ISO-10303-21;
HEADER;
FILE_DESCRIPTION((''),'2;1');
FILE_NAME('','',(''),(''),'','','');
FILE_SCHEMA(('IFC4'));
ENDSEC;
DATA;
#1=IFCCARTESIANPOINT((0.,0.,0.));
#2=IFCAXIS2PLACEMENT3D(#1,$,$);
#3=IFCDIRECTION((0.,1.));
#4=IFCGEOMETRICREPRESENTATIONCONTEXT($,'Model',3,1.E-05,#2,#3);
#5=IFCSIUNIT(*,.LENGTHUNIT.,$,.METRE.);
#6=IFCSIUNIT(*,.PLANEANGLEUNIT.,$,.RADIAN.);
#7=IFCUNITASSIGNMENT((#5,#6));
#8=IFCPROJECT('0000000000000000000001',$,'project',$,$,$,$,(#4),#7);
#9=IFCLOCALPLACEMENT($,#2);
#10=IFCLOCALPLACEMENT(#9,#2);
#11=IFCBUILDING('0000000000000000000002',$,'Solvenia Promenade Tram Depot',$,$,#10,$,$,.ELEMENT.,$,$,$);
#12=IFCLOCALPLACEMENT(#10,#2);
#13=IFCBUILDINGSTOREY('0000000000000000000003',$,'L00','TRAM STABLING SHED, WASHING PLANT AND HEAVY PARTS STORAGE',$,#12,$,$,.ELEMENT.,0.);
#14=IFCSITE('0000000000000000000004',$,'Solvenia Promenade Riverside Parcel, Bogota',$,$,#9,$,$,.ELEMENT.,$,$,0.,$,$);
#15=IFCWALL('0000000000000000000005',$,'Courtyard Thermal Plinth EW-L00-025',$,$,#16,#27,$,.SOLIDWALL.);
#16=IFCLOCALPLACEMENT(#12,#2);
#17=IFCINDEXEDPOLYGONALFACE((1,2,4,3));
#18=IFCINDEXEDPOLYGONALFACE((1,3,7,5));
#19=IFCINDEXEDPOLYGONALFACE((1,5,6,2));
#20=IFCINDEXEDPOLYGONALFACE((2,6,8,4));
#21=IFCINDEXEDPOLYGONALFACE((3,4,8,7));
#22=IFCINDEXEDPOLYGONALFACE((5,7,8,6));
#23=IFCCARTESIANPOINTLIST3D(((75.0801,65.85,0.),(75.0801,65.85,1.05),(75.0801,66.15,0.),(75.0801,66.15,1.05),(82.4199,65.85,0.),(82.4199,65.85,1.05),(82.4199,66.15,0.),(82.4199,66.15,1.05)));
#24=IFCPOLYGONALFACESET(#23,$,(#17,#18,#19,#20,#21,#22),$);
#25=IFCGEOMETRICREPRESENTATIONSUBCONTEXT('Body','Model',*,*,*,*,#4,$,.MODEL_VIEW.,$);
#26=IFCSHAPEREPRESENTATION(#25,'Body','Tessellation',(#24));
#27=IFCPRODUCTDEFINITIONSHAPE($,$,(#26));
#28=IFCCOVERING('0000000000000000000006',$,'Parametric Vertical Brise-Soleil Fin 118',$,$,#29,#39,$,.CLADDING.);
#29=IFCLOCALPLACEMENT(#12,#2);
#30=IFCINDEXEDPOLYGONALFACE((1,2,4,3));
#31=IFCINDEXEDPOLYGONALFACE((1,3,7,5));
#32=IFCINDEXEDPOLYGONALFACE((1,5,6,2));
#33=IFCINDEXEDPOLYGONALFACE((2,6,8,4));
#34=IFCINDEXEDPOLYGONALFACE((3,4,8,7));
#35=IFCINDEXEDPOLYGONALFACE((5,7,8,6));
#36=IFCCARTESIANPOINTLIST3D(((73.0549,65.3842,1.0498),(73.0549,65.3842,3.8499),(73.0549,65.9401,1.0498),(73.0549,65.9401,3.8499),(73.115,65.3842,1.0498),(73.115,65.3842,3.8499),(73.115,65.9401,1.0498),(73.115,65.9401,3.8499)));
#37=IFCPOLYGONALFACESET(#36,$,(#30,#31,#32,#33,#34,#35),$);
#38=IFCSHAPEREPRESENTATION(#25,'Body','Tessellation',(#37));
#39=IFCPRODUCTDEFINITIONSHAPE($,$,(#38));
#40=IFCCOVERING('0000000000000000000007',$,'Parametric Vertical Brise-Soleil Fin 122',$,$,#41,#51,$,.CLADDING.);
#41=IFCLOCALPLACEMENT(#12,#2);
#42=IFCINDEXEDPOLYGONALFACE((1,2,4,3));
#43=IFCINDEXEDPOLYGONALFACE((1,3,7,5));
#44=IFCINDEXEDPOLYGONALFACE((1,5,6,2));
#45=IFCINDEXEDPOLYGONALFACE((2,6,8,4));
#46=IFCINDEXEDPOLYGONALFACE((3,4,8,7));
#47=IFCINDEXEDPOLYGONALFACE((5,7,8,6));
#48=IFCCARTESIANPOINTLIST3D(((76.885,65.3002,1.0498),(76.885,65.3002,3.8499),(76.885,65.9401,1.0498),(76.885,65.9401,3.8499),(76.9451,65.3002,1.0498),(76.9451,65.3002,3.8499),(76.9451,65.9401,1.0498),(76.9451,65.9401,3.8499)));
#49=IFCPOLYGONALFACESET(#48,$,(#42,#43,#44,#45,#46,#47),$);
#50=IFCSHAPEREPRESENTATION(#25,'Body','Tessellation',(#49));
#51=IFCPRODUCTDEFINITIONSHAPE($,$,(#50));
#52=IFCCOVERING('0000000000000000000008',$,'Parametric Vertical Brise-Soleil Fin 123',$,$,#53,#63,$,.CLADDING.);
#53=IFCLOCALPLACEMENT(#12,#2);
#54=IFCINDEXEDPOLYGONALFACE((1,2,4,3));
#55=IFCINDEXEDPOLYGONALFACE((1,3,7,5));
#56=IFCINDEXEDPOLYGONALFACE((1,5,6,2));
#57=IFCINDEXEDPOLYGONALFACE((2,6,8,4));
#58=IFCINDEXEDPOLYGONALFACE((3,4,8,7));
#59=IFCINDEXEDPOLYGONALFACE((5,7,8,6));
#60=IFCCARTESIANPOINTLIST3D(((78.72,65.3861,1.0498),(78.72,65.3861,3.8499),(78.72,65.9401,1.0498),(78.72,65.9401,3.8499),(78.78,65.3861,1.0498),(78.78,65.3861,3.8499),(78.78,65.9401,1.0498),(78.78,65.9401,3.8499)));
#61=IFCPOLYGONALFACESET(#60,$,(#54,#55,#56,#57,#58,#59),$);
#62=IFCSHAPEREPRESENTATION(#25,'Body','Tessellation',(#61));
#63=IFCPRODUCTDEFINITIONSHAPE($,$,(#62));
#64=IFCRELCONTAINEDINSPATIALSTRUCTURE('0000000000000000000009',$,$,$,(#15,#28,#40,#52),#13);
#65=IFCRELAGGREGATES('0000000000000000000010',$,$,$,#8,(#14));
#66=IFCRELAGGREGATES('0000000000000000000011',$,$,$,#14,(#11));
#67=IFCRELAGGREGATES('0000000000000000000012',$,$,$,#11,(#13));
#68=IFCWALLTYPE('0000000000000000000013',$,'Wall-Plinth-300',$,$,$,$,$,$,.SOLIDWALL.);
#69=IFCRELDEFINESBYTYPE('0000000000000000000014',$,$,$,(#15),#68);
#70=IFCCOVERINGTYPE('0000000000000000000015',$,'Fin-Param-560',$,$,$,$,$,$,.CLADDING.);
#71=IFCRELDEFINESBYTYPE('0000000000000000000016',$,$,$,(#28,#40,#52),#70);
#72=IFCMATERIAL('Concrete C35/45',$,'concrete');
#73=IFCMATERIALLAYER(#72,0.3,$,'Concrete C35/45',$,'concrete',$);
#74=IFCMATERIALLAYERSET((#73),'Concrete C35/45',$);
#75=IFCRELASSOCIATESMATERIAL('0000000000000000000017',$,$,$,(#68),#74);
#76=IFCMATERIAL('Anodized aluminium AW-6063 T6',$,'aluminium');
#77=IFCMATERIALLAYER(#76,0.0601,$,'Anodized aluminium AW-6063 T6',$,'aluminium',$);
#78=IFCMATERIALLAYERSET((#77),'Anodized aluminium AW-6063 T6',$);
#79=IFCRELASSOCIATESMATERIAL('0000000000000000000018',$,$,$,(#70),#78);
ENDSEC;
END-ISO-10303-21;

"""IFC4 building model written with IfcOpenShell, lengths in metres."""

from ifc_helpers import new_model, si_unit, direction, frame, frame_2d, origin, origin_2d, place, context, subcontext, project, spatial, rectangle, extrude, material, layer, layer_set, type_object, element, save


model = new_model("IFC4")

# Units and contexts
model_context = context("Model", 3, precision=1e-05, world=origin(), true_north=direction((0.0, 1.0)))
body_context = subcontext(model_context, "Body", "Model", "MODEL_VIEW")
ifc_project = project(units=[si_unit("LENGTHUNIT", "METRE"), si_unit("PLANEANGLEUNIT", "RADIAN")], contexts=[model_context])

# Site, building, storey
site_placement = place(None, origin())
site = spatial("IfcSite", under=ifc_project, at=site_placement, Name="Solvenia Promenade Riverside Parcel, Bogota", CompositionType="ELEMENT", RefElevation=0.0)
building_placement = place(site_placement, origin())
building = spatial("IfcBuilding", under=site, at=building_placement, Name="Solvenia Promenade Tram Depot", CompositionType="ELEMENT")
storey_placement = place(building_placement, origin())
storey = spatial("IfcBuildingStorey", under=building, at=storey_placement, Name="L00", Description="TRAM STABLING SHED, WASHING PLANT AND HEAVY PARTS STORAGE", CompositionType="ELEMENT", Elevation=0.0)

# Shared definitions
ifc_material_1 = material(Name="Anodized aluminium AW-6063 T6", Category="aluminium")

# Wall
ifc_material_2 = material(Name="Concrete C35/45", Category="concrete")
ifc_layer_1 = layer(ifc_material_2, 0.3, Name="Concrete C35/45", Category="concrete")
ifc_layer_set_1 = layer_set([ifc_layer_1], Name="Concrete C35/45")
wall_type = type_object("IfcWallType", Name="Wall-Plinth-300", PredefinedType="SOLIDWALL", material=ifc_layer_set_1)
wall_placement = place(storey_placement, frame((75.0801, 66.0, 0.0), z_axis=(0.0, 0.0, 1.0), x_axis=(1.0, 0.0, 0.0)))
element("IfcWall", 1, at=wall_placement, inside=storey, type_object=wall_type, Name="Courtyard Thermal Plinth EW-L00-025", PredefinedType="SOLIDWALL", context=body_context, shape_type="SweptSolid", body=[
    extrude(rectangle(XDim=7.3398, YDim=0.3, at=frame_2d((3.6699, 0.0))), origin(), (0.0, 0.0, 1.0), 1.05),
])

# Coverings
ifc_layer_2 = layer(ifc_material_1, 0.0601, Name="Anodized aluminium AW-6063 T6", Category="aluminium")
ifc_layer_set_2 = layer_set([ifc_layer_2], Name="Anodized aluminium AW-6063 T6")
covering_type = type_object("IfcCoveringType", Name="Fin-Param-560", PredefinedType="CLADDING", material=ifc_layer_set_2)
covering_1_placement = place(storey_placement, frame((73.085, 65.6621, 1.0498), z_axis=(0.0, 0.0, 1.0), x_axis=(1.0, 0.0, 0.0)))
element("IfcCovering", 2, at=covering_1_placement, inside=storey, type_object=covering_type, Name="Parametric Vertical Brise-Soleil Fin 118", PredefinedType="CLADDING", context=body_context, shape_type="SweptSolid", body=[
    extrude(rectangle(XDim=0.0601, YDim=0.5559, at=origin_2d()), origin(), (0.0, 0.0, 1.0), 2.8),
])
covering_2_placement = place(storey_placement, frame((76.915, 65.6201, 1.0498), z_axis=(0.0, 0.0, 1.0), x_axis=(1.0, 0.0, 0.0)))
element("IfcCovering", 3, at=covering_2_placement, inside=storey, type_object=covering_type, Name="Parametric Vertical Brise-Soleil Fin 122", PredefinedType="CLADDING", context=body_context, shape_type="SweptSolid", body=[
    extrude(rectangle(XDim=0.0601, YDim=0.6399, at=origin_2d()), origin(), (0.0, 0.0, 1.0), 2.8),
])
covering_3_placement = place(storey_placement, frame((78.75, 65.6631, 1.0498), z_axis=(0.0, 0.0, 1.0), x_axis=(1.0, 0.0, 0.0)))
element("IfcCovering", 4, at=covering_3_placement, inside=storey, type_object=covering_type, Name="Parametric Vertical Brise-Soleil Fin 123", PredefinedType="CLADDING", context=body_context, shape_type="SweptSolid", body=[
    extrude(rectangle(XDim=0.0601, YDim=0.554, at=origin_2d()), origin(), (0.0, 0.0, 1.0), 2.8),
])

save(model, "model.ifc")
